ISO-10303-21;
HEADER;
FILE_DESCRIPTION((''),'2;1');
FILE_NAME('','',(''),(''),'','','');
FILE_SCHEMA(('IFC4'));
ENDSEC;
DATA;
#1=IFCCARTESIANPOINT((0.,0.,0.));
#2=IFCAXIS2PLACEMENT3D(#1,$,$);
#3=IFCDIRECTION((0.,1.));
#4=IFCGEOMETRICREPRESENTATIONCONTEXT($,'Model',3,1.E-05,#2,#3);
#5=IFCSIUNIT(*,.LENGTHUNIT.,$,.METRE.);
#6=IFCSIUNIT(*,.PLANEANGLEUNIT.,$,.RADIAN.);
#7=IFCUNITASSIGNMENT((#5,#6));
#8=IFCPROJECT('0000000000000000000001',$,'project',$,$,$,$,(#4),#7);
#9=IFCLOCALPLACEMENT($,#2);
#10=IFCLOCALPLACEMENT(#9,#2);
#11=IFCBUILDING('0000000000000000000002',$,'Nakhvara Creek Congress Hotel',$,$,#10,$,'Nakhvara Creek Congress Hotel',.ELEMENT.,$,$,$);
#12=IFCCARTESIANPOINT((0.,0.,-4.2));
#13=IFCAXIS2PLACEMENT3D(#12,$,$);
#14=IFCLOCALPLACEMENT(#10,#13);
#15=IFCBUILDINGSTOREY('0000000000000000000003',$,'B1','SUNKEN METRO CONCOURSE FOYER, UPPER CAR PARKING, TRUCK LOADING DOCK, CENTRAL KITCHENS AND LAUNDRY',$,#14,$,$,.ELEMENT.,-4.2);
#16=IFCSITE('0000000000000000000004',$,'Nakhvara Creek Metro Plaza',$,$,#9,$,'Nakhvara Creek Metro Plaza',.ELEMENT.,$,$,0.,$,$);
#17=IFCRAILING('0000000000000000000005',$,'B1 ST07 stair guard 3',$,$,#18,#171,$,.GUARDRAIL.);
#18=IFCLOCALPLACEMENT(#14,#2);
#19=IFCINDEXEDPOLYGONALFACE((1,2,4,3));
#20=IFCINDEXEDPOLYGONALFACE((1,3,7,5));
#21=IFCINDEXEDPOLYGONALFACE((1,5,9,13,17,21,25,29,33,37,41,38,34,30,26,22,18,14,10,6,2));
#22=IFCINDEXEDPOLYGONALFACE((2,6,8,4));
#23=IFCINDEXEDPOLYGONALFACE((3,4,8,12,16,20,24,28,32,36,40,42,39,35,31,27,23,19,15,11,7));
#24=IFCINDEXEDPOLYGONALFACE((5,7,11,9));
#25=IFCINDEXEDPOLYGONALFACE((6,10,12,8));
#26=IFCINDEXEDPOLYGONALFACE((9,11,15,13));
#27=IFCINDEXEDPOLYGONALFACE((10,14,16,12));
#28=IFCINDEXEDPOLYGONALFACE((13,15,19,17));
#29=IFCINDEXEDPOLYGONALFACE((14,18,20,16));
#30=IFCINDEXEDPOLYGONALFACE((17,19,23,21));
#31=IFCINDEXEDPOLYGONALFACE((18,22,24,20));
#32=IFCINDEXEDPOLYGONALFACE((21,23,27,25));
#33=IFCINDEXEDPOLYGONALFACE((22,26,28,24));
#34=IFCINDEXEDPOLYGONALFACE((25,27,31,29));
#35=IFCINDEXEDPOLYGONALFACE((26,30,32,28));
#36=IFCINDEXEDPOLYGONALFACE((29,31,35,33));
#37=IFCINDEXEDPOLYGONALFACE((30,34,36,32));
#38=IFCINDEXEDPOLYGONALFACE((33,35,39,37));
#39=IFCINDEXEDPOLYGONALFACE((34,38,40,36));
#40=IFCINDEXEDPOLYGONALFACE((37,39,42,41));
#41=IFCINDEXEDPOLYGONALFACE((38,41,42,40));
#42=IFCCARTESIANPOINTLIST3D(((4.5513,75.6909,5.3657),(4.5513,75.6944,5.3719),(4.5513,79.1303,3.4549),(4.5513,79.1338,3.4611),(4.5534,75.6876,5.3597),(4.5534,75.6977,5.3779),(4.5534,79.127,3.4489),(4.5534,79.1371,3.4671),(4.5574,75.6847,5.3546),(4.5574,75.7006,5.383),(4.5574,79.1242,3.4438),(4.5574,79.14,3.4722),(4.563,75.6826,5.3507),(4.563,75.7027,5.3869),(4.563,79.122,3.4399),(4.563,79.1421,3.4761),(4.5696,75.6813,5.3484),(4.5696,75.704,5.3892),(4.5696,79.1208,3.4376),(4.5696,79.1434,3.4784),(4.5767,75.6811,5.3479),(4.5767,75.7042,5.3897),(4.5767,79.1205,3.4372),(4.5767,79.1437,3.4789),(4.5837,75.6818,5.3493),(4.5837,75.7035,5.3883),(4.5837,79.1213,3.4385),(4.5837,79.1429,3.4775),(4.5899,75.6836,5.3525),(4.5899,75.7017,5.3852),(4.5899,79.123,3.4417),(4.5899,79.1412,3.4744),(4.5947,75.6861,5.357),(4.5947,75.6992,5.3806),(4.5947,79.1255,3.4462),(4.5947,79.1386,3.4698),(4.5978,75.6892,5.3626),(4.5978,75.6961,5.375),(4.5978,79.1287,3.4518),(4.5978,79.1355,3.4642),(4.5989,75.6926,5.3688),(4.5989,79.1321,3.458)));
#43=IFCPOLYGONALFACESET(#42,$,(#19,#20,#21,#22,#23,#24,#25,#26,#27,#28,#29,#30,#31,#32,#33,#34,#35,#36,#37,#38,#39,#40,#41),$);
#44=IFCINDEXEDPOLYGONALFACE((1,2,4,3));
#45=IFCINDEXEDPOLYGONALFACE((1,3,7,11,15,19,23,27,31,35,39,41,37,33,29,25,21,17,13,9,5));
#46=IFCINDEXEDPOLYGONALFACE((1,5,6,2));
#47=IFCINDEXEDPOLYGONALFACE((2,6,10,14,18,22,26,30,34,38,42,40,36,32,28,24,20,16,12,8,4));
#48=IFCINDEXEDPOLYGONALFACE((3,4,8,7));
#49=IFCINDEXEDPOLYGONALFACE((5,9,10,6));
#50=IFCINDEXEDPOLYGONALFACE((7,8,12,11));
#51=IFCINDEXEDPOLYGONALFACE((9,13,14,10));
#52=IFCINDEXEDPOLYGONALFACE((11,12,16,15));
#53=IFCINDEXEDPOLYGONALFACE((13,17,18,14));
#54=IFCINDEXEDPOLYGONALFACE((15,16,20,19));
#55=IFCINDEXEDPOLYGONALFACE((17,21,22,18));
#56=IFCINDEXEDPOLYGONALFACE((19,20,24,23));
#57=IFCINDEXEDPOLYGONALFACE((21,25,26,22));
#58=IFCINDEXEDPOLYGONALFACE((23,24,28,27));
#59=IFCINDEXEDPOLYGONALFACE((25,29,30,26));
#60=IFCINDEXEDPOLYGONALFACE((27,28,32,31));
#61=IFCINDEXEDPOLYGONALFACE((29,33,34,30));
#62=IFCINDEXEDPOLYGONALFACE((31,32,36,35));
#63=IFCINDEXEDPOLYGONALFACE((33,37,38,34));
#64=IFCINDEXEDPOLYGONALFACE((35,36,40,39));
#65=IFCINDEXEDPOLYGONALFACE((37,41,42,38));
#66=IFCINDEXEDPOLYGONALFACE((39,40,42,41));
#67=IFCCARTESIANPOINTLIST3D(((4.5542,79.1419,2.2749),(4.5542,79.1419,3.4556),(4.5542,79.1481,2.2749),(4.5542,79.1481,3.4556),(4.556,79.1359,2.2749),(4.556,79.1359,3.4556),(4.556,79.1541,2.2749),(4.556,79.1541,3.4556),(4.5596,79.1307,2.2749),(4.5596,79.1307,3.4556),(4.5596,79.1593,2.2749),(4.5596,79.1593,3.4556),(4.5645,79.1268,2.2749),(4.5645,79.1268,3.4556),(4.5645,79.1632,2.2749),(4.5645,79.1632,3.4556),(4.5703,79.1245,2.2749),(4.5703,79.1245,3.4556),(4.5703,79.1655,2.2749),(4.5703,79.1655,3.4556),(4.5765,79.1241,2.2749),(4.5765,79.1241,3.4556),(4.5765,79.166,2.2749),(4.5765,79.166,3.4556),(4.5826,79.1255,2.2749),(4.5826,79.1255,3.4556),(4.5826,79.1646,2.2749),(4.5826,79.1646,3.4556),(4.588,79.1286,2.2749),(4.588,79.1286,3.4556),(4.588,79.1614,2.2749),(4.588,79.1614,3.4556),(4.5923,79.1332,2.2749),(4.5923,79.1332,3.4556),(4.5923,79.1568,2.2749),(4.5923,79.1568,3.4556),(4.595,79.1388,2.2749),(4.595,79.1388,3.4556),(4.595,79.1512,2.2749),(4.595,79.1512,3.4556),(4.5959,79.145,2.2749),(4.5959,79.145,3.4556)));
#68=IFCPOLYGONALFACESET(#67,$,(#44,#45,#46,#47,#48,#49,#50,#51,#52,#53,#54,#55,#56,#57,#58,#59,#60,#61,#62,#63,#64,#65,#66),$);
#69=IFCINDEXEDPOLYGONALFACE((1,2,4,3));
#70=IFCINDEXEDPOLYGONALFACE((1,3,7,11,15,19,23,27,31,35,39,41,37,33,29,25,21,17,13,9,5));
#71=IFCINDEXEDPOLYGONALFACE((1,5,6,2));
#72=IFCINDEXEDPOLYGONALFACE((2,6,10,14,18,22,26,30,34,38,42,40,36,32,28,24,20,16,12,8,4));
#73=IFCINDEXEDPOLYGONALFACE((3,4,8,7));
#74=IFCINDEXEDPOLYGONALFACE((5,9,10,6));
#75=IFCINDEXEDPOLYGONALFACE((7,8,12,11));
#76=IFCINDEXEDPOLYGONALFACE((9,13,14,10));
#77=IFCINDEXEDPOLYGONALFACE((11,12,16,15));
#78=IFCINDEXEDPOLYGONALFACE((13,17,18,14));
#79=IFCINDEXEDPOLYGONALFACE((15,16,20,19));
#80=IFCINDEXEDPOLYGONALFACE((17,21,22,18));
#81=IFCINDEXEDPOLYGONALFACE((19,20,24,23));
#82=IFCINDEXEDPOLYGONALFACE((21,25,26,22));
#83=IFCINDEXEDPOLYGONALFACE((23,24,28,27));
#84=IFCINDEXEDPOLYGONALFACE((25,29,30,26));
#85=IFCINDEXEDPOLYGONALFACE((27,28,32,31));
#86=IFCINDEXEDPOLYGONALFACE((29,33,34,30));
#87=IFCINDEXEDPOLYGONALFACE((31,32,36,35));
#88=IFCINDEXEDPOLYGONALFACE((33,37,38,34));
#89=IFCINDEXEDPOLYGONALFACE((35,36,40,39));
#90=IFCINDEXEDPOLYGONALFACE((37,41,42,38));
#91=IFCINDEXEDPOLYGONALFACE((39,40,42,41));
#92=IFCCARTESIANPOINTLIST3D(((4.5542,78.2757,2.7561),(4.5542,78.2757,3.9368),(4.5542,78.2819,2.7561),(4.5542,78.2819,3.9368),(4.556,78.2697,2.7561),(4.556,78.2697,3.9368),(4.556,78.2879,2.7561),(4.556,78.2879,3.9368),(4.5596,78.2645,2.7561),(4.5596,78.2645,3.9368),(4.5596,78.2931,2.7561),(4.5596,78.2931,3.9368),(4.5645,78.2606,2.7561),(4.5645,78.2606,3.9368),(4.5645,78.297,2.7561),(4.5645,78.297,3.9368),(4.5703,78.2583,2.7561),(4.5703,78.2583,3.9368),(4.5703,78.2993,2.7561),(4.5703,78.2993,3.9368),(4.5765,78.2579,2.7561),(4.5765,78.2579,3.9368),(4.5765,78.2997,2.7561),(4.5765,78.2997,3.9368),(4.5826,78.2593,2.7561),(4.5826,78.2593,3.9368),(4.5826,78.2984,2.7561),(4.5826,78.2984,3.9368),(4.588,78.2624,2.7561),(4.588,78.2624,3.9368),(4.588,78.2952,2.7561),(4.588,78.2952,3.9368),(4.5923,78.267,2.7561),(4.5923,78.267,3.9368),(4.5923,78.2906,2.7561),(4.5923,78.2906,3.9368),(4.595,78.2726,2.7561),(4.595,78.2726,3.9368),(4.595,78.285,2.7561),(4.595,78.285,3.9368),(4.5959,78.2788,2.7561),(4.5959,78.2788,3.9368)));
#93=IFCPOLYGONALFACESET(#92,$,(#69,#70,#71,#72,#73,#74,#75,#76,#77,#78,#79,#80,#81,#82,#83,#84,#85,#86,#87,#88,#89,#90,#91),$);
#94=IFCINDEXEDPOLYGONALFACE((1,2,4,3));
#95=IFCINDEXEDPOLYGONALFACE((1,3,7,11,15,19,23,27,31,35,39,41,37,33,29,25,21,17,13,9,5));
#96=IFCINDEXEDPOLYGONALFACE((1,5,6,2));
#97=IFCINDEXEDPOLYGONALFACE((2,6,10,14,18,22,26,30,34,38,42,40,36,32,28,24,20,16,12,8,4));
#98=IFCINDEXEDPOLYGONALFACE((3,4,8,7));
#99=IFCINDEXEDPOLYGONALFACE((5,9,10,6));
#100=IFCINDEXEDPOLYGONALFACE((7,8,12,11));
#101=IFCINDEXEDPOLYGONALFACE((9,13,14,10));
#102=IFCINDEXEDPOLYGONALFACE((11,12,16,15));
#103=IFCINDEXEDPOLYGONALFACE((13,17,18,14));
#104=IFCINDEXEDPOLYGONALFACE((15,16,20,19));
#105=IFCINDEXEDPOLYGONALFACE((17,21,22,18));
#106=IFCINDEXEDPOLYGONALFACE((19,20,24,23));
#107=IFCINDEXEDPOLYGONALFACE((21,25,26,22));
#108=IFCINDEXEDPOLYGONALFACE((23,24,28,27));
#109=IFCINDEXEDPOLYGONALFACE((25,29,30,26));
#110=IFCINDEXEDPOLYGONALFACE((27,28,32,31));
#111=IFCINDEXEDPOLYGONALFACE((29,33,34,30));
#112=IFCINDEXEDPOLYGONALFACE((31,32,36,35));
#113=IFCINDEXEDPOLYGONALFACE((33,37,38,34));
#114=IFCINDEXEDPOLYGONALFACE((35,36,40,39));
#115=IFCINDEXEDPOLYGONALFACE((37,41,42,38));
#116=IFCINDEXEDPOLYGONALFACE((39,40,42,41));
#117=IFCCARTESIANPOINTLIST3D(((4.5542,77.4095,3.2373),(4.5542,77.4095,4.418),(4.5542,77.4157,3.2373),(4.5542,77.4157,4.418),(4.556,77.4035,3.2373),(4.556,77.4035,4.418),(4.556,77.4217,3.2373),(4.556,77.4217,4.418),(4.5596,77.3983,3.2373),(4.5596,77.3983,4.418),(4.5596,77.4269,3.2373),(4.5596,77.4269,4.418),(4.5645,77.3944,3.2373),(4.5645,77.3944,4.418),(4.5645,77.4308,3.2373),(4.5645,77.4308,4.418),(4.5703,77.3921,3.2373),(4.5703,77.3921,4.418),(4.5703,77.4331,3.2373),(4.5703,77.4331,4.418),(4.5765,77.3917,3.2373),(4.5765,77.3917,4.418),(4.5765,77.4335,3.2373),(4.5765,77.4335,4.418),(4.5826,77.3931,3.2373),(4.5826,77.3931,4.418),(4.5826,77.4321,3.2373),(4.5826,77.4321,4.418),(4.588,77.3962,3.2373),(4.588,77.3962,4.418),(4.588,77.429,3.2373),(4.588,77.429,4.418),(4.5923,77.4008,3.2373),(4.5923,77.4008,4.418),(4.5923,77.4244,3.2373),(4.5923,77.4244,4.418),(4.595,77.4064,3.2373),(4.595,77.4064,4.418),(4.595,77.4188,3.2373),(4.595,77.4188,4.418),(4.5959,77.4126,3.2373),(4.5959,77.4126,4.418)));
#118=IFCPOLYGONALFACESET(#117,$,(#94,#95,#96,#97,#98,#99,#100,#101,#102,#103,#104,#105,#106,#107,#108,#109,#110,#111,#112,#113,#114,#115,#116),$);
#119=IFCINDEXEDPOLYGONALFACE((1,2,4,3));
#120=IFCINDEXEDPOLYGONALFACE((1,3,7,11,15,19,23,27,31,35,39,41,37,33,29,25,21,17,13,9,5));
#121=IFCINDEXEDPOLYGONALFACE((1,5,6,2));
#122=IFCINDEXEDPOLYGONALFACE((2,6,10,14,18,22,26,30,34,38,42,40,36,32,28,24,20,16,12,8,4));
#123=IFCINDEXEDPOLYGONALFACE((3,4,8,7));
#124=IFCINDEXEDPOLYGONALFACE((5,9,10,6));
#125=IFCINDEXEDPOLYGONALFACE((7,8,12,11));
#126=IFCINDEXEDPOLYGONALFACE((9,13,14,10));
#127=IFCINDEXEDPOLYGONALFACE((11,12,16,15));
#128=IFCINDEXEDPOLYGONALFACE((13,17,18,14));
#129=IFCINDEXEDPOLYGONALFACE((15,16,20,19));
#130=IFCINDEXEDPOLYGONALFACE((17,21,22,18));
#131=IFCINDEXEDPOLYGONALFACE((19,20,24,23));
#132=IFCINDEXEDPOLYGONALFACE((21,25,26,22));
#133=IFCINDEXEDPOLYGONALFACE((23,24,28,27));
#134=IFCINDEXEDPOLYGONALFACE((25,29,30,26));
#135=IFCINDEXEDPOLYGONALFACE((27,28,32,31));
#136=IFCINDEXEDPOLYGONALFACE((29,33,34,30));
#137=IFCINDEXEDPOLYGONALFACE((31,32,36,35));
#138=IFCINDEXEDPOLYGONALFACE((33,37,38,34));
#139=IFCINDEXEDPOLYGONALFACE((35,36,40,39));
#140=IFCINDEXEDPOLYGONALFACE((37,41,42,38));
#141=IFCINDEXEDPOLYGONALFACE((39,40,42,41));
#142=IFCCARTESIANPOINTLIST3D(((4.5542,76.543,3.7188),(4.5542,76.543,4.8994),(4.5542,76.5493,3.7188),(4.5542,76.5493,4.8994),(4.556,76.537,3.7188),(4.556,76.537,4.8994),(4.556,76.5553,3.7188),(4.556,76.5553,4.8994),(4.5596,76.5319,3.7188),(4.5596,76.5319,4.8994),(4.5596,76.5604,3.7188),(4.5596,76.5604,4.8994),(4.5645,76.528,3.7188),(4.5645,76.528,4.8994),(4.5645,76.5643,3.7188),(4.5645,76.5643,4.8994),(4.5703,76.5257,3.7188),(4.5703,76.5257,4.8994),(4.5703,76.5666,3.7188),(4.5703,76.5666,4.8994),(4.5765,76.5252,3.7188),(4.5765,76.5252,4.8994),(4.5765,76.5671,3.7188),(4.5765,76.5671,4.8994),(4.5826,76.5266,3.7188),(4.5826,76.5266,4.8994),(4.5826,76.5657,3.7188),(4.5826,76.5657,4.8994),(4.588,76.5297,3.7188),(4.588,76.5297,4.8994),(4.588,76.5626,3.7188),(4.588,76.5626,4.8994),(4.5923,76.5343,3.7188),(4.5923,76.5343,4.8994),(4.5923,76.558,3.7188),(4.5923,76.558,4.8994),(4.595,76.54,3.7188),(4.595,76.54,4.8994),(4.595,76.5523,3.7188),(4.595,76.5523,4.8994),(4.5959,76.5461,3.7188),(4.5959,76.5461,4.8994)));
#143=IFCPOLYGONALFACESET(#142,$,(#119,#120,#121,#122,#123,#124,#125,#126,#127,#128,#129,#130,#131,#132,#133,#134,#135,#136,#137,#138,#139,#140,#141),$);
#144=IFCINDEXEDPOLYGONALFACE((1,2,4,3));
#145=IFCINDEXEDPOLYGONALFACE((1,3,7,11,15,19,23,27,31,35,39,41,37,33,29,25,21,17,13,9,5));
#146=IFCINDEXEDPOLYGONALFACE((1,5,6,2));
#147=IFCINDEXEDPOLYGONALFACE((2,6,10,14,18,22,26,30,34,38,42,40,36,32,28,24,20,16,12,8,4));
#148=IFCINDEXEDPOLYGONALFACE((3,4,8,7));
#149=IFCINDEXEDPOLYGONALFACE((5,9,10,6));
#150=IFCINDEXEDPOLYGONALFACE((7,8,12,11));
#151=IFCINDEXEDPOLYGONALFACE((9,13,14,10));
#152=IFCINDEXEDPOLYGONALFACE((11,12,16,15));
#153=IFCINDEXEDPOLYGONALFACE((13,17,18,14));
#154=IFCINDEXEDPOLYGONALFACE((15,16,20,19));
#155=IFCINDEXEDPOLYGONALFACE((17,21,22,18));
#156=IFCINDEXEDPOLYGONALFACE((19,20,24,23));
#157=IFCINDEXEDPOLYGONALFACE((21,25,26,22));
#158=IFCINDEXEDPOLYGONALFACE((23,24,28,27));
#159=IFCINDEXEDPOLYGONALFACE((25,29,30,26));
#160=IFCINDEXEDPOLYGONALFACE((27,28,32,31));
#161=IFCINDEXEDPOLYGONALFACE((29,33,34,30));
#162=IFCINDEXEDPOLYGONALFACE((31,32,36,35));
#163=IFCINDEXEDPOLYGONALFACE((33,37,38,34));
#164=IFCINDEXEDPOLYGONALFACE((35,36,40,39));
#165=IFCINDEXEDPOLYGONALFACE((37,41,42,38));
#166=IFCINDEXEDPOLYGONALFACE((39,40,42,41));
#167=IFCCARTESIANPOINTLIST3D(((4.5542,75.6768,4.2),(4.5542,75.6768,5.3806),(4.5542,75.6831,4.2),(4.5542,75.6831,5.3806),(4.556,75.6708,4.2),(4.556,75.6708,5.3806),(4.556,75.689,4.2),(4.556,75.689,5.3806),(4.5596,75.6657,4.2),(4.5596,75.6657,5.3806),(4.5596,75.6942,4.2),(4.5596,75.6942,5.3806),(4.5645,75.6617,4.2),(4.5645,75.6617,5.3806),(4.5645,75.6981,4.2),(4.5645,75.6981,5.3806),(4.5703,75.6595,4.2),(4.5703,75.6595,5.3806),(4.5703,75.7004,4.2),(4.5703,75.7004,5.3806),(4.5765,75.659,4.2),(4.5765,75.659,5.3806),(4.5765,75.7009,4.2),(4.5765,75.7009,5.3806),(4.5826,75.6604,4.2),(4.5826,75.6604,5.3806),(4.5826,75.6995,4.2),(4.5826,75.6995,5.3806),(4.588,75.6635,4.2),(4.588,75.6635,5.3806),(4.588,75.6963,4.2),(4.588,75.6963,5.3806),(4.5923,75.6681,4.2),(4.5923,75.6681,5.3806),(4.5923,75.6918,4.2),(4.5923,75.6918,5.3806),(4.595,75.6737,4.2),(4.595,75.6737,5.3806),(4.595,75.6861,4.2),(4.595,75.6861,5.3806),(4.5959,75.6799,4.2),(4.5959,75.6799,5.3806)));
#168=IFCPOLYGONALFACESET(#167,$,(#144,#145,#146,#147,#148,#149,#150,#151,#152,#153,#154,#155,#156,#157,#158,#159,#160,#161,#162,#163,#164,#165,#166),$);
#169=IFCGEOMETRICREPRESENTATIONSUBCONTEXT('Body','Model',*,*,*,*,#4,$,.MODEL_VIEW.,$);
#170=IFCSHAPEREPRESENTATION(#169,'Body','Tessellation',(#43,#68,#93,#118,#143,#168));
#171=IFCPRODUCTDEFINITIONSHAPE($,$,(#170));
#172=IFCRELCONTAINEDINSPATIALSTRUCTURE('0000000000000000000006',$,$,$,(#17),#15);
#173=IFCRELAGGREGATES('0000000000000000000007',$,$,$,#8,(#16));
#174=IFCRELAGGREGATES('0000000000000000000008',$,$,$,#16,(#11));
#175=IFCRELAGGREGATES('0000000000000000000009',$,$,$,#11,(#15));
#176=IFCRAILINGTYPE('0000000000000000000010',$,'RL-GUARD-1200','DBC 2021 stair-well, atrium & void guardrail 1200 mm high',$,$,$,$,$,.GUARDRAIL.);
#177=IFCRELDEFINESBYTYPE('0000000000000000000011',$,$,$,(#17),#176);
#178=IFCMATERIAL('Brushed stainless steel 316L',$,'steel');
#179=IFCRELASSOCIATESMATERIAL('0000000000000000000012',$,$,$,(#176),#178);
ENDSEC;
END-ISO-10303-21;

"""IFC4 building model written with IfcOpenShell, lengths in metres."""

from ifc_helpers import new_model, si_unit, direction, frame, origin, origin_2d, place, context, subcontext, project, spatial, circle, extrude, material, type_object, element, save


model = new_model("IFC4")

# Units and contexts
model_context = context("Model", 3, precision=1e-05, world=origin(), true_north=direction((0.0, 1.0)))
body_context = subcontext(model_context, "Body", "Model", "MODEL_VIEW")
ifc_project = project(units=[si_unit("LENGTHUNIT", "METRE"), si_unit("PLANEANGLEUNIT", "RADIAN")], contexts=[model_context])

# Site, building, storey
site_placement = place(None, origin())
site = spatial("IfcSite", under=ifc_project, at=site_placement, Name="Nakhvara Creek Metro Plaza", LongName="Nakhvara Creek Metro Plaza", CompositionType="ELEMENT", RefElevation=0.0)
building_placement = place(site_placement, origin())
building = spatial("IfcBuilding", under=site, at=building_placement, Name="Nakhvara Creek Congress Hotel", LongName="Nakhvara Creek Congress Hotel", CompositionType="ELEMENT")
storey_placement = place(building_placement, frame((0.0, 0.0, -4.2)))
storey = spatial("IfcBuildingStorey", under=building, at=storey_placement, Name="B1", Description="SUNKEN METRO CONCOURSE FOYER, UPPER CAR PARKING, TRUCK LOADING DOCK, CENTRAL KITCHENS AND LAUNDRY", CompositionType="ELEMENT", Elevation=-4.2)

# Railing
ifc_material_1 = material(Name="Brushed stainless steel 316L", Category="steel")
railing_type_1 = type_object("IfcRailingType", Name="RL-GUARD-1200", Description="DBC 2021 stair-well, atrium & void guardrail 1200 mm high", PredefinedType="GUARDRAIL", material=ifc_material_1)
railing_1_placement = place(storey_placement, frame((4.575, 79.145, 2.2749)))
element("IfcRailing", 1, at=railing_1_placement, inside=storey, type_object=railing_type_1, Name="B1 ST07 stair guard 3", PredefinedType="GUARDRAIL", context=body_context, shape_type="SweptSolid", body=[
    extrude(circle(Radius=0.0239, at=origin_2d()), frame((0.0, -0.0129, 1.1831), z_axis=(0.0, -0.874157, 0.485643), x_axis=(1.0, 0.0, 0.0)), (0.0, 0.0, 1.0), 3.9346),
    extrude(circle(Radius=0.021, at=origin_2d()), origin(), (0.0, 0.0, 1.0), 1.1807),
    extrude(circle(Radius=0.021, at=origin_2d()), frame((0.0, -0.8662, 0.4812)), (0.0, 0.0, 1.0), 1.1807),
    extrude(circle(Radius=0.021, at=origin_2d()), frame((0.0, -1.7324, 0.9624)), (0.0, 0.0, 1.0), 1.1807),
    extrude(circle(Radius=0.021, at=origin_2d()), frame((0.0, -2.5989, 1.4438)), (0.0, 0.0, 1.0), 1.1807),
    extrude(circle(Radius=0.021, at=origin_2d()), frame((0.0, -3.4651, 1.925)), (0.0, 0.0, 1.0), 1.1807),
])

save(model, "model.ifc")
